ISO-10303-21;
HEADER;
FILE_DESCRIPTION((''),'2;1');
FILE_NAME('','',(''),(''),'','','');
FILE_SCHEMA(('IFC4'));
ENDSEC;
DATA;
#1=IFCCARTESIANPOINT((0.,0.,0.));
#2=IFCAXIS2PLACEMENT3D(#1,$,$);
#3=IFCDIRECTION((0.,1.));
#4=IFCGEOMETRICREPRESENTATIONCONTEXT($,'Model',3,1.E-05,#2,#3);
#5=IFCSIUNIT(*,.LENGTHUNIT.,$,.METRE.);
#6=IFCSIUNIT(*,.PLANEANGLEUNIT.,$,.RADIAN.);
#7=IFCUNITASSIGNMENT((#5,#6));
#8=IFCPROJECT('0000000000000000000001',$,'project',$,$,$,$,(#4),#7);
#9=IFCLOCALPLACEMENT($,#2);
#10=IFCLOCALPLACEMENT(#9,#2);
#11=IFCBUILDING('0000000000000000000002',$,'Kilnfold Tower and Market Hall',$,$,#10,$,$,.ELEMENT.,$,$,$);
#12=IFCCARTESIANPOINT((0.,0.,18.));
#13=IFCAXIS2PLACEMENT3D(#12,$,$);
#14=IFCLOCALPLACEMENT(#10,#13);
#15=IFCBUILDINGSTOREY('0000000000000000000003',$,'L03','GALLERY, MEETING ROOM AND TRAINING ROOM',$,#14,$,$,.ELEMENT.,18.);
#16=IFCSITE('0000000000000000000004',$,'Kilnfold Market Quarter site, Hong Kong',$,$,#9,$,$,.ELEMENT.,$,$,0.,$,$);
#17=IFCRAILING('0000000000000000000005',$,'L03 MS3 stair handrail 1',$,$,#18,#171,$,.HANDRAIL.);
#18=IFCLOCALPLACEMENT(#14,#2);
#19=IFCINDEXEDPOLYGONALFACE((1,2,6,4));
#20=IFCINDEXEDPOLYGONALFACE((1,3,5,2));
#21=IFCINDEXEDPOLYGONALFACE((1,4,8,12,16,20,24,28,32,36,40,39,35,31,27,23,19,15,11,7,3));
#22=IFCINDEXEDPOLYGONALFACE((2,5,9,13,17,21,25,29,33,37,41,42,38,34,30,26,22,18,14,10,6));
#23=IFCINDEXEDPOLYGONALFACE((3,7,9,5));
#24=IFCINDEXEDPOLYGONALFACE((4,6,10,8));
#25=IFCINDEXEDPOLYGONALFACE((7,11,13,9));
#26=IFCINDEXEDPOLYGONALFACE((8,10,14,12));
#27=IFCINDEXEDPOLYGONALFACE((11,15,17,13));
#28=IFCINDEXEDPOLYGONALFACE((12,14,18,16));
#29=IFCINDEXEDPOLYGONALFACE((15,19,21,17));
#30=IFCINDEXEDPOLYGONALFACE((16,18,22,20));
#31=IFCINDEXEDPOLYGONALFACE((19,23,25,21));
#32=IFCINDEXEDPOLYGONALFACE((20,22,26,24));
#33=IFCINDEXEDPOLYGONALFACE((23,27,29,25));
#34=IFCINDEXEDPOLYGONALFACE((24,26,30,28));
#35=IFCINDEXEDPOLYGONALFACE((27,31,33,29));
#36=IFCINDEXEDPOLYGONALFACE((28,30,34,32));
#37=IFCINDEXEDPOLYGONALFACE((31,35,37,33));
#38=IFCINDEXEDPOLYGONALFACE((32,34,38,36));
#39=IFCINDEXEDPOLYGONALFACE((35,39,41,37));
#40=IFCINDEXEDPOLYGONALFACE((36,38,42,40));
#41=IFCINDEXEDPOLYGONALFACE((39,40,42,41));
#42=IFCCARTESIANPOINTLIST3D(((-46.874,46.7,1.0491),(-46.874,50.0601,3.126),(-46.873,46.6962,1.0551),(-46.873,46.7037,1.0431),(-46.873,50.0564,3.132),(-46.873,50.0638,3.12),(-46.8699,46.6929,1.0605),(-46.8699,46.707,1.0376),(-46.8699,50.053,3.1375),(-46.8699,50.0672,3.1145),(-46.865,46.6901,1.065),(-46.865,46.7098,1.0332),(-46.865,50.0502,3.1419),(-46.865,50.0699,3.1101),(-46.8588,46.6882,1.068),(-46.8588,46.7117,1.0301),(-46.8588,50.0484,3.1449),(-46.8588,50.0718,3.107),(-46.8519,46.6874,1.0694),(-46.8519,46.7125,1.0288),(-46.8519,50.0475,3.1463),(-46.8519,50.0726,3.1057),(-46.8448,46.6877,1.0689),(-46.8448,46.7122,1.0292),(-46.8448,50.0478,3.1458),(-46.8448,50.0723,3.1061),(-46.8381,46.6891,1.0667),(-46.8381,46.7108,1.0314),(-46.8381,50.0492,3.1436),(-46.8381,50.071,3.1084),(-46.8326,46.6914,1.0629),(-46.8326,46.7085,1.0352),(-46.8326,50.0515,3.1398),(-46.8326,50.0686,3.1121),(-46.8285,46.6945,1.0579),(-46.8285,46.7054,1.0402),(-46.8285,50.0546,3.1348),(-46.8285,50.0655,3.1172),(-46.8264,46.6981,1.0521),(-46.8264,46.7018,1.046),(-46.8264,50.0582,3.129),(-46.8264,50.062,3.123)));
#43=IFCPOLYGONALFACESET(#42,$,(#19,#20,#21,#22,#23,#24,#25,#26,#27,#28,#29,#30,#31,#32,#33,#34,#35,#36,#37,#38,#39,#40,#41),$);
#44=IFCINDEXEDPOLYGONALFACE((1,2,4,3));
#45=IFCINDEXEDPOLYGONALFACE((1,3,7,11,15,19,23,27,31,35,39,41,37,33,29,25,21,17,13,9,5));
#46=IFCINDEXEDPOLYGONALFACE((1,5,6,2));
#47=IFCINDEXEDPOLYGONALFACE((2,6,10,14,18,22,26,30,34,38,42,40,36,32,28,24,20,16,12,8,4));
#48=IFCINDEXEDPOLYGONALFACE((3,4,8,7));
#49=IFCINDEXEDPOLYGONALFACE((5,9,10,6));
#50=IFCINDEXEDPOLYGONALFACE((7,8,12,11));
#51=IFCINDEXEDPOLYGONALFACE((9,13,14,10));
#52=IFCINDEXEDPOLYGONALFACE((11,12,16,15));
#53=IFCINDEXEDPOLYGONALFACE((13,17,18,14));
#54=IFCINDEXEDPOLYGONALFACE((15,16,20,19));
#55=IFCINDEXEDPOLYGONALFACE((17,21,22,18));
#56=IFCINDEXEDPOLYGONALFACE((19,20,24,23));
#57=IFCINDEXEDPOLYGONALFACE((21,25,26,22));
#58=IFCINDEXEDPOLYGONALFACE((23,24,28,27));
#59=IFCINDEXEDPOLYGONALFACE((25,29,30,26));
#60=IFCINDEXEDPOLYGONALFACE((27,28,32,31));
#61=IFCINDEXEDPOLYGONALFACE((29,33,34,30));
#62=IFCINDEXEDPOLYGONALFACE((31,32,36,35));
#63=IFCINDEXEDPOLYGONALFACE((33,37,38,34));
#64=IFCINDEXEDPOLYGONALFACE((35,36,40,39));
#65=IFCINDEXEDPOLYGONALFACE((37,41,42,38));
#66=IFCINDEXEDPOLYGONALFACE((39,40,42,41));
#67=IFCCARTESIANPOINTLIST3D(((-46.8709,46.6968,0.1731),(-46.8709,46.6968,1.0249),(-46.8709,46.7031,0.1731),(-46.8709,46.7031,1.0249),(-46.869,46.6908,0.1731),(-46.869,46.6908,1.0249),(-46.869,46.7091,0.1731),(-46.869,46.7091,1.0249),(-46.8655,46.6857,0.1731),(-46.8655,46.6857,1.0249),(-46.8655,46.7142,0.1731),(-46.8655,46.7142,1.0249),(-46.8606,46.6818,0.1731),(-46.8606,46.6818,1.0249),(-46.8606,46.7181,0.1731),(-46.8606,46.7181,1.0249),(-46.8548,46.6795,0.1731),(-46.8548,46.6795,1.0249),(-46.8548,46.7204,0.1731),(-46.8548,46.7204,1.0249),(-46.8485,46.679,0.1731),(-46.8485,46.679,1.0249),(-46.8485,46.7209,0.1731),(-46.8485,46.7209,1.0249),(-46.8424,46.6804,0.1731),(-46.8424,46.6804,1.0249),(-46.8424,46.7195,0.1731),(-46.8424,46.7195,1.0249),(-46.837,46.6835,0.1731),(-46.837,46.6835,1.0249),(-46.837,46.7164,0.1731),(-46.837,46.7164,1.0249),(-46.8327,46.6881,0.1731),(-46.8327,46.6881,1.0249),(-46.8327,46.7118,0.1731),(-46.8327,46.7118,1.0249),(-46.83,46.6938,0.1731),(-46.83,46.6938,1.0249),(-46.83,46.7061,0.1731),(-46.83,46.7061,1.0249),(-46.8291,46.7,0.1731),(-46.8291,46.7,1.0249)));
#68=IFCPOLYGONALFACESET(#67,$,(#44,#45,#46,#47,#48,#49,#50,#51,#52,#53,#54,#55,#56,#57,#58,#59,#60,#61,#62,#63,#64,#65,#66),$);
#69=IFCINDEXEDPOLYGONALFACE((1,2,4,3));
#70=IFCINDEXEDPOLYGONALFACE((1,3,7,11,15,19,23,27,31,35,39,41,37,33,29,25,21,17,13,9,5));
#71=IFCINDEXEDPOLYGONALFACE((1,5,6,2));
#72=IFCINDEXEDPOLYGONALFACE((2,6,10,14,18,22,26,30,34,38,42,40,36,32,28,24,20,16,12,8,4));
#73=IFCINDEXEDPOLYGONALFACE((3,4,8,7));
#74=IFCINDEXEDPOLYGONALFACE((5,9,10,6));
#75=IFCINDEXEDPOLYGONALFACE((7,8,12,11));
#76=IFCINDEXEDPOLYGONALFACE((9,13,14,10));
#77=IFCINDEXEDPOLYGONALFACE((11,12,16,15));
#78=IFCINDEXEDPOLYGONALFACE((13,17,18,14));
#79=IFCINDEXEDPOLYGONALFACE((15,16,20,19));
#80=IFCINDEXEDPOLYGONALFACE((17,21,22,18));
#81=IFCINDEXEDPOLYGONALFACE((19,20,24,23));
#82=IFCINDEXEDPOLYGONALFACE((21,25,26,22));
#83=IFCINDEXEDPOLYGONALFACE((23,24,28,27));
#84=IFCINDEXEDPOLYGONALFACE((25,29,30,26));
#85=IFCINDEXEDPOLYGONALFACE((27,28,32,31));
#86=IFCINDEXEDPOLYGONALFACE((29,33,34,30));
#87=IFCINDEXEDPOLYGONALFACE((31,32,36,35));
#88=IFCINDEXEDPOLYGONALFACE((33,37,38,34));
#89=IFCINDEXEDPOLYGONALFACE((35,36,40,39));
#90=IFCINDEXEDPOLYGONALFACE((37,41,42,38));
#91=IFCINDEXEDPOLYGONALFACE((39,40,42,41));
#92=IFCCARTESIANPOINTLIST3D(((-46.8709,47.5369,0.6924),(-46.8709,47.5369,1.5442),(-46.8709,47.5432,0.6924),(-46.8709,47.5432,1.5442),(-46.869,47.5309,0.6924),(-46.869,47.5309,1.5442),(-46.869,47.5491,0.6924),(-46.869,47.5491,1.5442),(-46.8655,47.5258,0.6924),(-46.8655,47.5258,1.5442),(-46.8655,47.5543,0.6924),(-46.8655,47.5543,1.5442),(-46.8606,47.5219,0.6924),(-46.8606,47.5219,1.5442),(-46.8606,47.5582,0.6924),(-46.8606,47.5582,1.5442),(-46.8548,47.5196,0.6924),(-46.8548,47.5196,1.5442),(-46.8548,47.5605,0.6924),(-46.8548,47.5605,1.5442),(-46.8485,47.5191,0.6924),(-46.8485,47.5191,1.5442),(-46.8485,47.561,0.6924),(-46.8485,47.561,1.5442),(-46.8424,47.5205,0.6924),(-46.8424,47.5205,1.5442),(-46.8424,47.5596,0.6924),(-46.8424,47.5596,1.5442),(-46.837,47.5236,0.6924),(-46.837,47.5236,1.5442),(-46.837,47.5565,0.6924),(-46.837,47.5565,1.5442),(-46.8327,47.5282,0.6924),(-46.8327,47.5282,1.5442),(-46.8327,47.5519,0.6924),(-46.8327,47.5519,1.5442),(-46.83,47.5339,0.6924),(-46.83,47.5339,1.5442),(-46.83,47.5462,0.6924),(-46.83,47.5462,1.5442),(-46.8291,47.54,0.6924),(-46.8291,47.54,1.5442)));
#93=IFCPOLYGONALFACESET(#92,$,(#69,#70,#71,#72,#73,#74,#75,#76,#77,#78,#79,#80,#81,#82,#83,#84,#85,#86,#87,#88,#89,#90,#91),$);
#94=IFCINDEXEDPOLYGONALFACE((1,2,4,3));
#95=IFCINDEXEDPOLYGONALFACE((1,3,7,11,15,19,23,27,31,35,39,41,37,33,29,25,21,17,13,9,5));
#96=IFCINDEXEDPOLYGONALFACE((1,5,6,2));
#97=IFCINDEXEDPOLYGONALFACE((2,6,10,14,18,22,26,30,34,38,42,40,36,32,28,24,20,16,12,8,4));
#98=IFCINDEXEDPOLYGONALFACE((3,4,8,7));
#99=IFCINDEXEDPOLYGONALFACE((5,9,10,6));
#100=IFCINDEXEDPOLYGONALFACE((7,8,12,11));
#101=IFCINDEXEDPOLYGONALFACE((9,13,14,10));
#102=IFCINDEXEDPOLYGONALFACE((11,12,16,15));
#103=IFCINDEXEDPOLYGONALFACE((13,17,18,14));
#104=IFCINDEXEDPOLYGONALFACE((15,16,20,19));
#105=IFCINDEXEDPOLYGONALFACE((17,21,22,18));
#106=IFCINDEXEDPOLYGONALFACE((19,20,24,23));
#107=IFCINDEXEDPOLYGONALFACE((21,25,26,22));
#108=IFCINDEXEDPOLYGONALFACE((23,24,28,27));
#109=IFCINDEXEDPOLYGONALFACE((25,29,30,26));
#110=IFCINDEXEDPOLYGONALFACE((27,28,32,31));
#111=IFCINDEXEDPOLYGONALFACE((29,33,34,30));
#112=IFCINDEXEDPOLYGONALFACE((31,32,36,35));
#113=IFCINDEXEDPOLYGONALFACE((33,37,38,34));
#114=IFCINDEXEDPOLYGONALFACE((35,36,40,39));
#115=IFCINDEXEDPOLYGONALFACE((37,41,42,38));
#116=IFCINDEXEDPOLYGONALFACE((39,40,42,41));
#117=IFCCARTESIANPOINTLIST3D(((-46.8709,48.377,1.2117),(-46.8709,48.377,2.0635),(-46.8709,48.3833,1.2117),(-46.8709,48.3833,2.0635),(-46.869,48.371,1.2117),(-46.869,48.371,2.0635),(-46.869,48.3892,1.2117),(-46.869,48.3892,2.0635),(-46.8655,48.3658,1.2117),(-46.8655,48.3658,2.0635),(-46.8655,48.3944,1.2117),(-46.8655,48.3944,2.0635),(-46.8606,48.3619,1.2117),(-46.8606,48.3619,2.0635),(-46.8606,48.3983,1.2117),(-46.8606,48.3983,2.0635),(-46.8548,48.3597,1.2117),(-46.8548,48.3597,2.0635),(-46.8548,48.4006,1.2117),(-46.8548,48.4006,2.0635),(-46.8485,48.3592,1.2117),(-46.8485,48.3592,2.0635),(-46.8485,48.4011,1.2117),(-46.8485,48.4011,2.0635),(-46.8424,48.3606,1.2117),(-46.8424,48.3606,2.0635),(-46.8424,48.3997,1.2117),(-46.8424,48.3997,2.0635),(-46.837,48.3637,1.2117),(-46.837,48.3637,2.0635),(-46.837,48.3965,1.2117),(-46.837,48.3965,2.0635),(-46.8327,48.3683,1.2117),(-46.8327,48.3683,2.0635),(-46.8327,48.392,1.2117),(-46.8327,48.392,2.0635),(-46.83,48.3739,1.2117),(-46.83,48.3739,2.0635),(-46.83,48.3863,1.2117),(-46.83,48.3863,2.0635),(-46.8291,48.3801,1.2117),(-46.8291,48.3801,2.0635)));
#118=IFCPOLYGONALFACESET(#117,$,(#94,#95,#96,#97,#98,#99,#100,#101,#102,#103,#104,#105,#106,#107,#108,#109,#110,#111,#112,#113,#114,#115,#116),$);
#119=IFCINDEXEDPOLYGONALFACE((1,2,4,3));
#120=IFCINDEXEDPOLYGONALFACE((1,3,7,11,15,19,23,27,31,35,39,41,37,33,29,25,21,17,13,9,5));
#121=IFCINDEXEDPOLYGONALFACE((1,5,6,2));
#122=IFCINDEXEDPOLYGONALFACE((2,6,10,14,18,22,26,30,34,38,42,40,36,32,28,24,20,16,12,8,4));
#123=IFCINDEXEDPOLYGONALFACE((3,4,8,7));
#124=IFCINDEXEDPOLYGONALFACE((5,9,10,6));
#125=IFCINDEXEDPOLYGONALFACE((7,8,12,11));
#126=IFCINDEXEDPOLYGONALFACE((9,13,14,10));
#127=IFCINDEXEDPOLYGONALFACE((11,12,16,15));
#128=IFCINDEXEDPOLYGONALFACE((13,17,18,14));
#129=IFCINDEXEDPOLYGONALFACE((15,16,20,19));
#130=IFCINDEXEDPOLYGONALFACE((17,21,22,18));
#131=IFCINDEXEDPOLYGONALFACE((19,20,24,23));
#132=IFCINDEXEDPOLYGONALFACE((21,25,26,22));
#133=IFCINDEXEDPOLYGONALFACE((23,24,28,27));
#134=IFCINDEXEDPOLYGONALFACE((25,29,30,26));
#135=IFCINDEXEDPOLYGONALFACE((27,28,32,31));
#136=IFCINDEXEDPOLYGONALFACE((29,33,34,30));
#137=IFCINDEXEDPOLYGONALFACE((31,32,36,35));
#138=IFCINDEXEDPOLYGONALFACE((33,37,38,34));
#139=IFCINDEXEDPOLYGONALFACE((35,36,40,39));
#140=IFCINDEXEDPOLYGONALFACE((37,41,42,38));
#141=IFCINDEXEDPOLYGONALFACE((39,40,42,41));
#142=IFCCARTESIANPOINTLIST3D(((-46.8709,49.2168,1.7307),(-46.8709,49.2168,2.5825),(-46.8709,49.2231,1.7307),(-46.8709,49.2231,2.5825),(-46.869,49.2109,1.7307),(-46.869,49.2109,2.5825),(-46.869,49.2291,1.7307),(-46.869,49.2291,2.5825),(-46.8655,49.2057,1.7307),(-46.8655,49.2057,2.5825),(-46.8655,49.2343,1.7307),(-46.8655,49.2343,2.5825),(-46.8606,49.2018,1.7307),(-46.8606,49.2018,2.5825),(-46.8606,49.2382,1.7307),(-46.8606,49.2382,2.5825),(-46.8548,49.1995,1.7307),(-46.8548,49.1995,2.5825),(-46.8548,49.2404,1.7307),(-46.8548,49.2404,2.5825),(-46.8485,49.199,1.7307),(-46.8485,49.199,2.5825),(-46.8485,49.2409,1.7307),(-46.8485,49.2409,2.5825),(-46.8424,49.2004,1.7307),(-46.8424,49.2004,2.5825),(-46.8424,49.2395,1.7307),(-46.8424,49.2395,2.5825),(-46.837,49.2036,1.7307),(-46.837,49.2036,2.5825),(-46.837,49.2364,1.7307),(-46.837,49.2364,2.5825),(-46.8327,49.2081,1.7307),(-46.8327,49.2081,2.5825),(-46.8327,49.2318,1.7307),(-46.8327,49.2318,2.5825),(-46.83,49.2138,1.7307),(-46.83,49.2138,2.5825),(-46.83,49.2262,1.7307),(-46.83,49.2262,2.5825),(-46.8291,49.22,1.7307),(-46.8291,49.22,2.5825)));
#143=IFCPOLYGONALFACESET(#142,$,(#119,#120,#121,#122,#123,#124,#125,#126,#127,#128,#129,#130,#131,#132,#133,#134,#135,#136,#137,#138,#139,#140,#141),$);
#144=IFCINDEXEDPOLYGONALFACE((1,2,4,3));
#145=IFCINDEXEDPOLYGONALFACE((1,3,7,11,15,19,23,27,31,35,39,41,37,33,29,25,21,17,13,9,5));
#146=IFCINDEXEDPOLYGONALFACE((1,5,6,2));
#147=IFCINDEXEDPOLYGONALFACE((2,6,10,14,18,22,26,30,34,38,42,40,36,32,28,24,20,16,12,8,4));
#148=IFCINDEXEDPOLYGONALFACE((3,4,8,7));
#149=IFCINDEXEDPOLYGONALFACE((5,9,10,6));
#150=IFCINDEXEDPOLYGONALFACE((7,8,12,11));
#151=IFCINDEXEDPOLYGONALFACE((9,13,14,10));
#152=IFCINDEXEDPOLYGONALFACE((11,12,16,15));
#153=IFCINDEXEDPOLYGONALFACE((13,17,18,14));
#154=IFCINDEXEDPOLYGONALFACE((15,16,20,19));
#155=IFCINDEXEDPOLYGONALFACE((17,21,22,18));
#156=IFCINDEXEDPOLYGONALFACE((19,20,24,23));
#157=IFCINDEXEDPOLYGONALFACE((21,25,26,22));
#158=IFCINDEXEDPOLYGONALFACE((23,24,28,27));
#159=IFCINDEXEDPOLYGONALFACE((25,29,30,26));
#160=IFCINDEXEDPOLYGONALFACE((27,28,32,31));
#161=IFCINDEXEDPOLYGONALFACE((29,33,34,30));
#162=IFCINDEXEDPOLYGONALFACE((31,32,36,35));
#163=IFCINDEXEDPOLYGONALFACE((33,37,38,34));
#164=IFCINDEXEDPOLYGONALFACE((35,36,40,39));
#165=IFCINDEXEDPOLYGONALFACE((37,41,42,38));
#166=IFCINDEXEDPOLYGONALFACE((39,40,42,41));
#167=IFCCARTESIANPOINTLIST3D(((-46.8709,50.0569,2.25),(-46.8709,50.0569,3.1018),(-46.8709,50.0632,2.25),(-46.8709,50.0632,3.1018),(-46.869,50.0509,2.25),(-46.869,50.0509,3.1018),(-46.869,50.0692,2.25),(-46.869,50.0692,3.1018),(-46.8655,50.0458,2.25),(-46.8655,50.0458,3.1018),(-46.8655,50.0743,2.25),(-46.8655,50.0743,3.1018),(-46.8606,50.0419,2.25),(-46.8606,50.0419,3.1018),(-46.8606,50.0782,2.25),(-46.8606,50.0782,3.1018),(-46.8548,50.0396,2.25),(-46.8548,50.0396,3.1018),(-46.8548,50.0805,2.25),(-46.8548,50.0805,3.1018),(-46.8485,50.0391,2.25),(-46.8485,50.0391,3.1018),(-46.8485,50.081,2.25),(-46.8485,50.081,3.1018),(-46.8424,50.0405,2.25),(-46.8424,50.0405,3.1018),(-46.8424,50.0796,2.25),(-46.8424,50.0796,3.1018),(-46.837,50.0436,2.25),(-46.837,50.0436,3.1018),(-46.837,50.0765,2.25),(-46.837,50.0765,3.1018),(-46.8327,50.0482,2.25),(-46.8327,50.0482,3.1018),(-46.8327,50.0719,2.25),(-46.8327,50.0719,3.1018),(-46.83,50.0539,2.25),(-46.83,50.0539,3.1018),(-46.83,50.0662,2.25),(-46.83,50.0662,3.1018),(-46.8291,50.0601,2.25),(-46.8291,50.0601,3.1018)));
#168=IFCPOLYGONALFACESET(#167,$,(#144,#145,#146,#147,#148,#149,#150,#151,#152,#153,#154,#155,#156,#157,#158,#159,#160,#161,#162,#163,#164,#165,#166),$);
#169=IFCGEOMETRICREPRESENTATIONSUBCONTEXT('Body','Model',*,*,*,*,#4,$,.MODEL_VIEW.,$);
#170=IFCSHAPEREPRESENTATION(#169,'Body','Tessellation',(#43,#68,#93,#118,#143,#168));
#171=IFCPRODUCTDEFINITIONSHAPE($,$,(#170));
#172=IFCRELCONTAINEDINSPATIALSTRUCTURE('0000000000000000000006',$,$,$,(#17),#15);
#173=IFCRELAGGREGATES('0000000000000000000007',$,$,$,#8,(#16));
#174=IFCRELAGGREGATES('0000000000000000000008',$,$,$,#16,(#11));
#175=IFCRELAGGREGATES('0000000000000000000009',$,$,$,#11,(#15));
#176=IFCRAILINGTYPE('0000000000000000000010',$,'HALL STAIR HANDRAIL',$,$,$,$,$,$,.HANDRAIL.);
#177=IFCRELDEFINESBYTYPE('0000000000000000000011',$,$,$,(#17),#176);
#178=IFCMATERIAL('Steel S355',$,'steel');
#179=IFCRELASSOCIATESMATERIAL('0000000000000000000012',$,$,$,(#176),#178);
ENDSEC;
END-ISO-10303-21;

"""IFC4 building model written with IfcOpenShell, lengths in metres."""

from ifc_helpers import new_model, si_unit, direction, frame, origin, origin_2d, place, context, subcontext, project, spatial, circle, extrude, material, type_object, element, save


model = new_model("IFC4")

# Units and contexts
model_context = context("Model", 3, precision=1e-05, world=origin(), true_north=direction((0.0, 1.0)))
body_context = subcontext(model_context, "Body", "Model", "MODEL_VIEW")
ifc_project = project(units=[si_unit("LENGTHUNIT", "METRE"), si_unit("PLANEANGLEUNIT", "RADIAN")], contexts=[model_context])

# Site, building, storey
site_placement = place(None, origin())
site = spatial("IfcSite", under=ifc_project, at=site_placement, Name="Kilnfold Market Quarter site, Hong Kong", CompositionType="ELEMENT", RefElevation=0.0)
building_placement = place(site_placement, origin())
building = spatial("IfcBuilding", under=site, at=building_placement, Name="Kilnfold Tower and Market Hall", CompositionType="ELEMENT")
storey_placement = place(building_placement, frame((0.0, 0.0, 18.0)))
storey = spatial("IfcBuildingStorey", under=building, at=storey_placement, Name="L03", Description="GALLERY, MEETING ROOM AND TRAINING ROOM", CompositionType="ELEMENT", Elevation=18.0)

# Railing
ifc_material_1 = material(Name="Steel S355", Category="steel")
railing_type_1 = type_object("IfcRailingType", Name="HALL STAIR HANDRAIL", PredefinedType="HANDRAIL", material=ifc_material_1)
railing_1_placement = place(storey_placement, frame((-46.8501, 46.7, 0.1731)))
element("IfcRailing", 1, at=railing_1_placement, inside=storey, type_object=railing_type_1, Name="L03 MS3 stair handrail 1", PredefinedType="HANDRAIL", context=body_context, shape_type="SweptSolid", body=[
    extrude(circle(Radius=0.0239, at=origin_2d()), frame((0.0, 0.0, 0.876), z_axis=(0.0, 0.850623, 0.525776), x_axis=(-1.0, 0.0, 0.0)), (0.0, 0.0, 1.0), 3.9502),
    extrude(circle(Radius=0.021, at=origin_2d()), origin(), (0.0, 0.0, 1.0), 0.8518),
    extrude(circle(Radius=0.021, at=origin_2d()), frame((0.0, 0.8401, 0.5193)), (0.0, 0.0, 1.0), 0.8518),
    extrude(circle(Radius=0.021, at=origin_2d()), frame((0.0, 1.6802, 1.0386)), (0.0, 0.0, 1.0), 0.8518),
    extrude(circle(Radius=0.021, at=origin_2d()), frame((0.0, 2.52, 1.5576)), (0.0, 0.0, 1.0), 0.8518),
    extrude(circle(Radius=0.021, at=origin_2d()), frame((0.0, 3.3601, 2.0769)), (0.0, 0.0, 1.0), 0.8518),
])

save(model, "model.ifc")
